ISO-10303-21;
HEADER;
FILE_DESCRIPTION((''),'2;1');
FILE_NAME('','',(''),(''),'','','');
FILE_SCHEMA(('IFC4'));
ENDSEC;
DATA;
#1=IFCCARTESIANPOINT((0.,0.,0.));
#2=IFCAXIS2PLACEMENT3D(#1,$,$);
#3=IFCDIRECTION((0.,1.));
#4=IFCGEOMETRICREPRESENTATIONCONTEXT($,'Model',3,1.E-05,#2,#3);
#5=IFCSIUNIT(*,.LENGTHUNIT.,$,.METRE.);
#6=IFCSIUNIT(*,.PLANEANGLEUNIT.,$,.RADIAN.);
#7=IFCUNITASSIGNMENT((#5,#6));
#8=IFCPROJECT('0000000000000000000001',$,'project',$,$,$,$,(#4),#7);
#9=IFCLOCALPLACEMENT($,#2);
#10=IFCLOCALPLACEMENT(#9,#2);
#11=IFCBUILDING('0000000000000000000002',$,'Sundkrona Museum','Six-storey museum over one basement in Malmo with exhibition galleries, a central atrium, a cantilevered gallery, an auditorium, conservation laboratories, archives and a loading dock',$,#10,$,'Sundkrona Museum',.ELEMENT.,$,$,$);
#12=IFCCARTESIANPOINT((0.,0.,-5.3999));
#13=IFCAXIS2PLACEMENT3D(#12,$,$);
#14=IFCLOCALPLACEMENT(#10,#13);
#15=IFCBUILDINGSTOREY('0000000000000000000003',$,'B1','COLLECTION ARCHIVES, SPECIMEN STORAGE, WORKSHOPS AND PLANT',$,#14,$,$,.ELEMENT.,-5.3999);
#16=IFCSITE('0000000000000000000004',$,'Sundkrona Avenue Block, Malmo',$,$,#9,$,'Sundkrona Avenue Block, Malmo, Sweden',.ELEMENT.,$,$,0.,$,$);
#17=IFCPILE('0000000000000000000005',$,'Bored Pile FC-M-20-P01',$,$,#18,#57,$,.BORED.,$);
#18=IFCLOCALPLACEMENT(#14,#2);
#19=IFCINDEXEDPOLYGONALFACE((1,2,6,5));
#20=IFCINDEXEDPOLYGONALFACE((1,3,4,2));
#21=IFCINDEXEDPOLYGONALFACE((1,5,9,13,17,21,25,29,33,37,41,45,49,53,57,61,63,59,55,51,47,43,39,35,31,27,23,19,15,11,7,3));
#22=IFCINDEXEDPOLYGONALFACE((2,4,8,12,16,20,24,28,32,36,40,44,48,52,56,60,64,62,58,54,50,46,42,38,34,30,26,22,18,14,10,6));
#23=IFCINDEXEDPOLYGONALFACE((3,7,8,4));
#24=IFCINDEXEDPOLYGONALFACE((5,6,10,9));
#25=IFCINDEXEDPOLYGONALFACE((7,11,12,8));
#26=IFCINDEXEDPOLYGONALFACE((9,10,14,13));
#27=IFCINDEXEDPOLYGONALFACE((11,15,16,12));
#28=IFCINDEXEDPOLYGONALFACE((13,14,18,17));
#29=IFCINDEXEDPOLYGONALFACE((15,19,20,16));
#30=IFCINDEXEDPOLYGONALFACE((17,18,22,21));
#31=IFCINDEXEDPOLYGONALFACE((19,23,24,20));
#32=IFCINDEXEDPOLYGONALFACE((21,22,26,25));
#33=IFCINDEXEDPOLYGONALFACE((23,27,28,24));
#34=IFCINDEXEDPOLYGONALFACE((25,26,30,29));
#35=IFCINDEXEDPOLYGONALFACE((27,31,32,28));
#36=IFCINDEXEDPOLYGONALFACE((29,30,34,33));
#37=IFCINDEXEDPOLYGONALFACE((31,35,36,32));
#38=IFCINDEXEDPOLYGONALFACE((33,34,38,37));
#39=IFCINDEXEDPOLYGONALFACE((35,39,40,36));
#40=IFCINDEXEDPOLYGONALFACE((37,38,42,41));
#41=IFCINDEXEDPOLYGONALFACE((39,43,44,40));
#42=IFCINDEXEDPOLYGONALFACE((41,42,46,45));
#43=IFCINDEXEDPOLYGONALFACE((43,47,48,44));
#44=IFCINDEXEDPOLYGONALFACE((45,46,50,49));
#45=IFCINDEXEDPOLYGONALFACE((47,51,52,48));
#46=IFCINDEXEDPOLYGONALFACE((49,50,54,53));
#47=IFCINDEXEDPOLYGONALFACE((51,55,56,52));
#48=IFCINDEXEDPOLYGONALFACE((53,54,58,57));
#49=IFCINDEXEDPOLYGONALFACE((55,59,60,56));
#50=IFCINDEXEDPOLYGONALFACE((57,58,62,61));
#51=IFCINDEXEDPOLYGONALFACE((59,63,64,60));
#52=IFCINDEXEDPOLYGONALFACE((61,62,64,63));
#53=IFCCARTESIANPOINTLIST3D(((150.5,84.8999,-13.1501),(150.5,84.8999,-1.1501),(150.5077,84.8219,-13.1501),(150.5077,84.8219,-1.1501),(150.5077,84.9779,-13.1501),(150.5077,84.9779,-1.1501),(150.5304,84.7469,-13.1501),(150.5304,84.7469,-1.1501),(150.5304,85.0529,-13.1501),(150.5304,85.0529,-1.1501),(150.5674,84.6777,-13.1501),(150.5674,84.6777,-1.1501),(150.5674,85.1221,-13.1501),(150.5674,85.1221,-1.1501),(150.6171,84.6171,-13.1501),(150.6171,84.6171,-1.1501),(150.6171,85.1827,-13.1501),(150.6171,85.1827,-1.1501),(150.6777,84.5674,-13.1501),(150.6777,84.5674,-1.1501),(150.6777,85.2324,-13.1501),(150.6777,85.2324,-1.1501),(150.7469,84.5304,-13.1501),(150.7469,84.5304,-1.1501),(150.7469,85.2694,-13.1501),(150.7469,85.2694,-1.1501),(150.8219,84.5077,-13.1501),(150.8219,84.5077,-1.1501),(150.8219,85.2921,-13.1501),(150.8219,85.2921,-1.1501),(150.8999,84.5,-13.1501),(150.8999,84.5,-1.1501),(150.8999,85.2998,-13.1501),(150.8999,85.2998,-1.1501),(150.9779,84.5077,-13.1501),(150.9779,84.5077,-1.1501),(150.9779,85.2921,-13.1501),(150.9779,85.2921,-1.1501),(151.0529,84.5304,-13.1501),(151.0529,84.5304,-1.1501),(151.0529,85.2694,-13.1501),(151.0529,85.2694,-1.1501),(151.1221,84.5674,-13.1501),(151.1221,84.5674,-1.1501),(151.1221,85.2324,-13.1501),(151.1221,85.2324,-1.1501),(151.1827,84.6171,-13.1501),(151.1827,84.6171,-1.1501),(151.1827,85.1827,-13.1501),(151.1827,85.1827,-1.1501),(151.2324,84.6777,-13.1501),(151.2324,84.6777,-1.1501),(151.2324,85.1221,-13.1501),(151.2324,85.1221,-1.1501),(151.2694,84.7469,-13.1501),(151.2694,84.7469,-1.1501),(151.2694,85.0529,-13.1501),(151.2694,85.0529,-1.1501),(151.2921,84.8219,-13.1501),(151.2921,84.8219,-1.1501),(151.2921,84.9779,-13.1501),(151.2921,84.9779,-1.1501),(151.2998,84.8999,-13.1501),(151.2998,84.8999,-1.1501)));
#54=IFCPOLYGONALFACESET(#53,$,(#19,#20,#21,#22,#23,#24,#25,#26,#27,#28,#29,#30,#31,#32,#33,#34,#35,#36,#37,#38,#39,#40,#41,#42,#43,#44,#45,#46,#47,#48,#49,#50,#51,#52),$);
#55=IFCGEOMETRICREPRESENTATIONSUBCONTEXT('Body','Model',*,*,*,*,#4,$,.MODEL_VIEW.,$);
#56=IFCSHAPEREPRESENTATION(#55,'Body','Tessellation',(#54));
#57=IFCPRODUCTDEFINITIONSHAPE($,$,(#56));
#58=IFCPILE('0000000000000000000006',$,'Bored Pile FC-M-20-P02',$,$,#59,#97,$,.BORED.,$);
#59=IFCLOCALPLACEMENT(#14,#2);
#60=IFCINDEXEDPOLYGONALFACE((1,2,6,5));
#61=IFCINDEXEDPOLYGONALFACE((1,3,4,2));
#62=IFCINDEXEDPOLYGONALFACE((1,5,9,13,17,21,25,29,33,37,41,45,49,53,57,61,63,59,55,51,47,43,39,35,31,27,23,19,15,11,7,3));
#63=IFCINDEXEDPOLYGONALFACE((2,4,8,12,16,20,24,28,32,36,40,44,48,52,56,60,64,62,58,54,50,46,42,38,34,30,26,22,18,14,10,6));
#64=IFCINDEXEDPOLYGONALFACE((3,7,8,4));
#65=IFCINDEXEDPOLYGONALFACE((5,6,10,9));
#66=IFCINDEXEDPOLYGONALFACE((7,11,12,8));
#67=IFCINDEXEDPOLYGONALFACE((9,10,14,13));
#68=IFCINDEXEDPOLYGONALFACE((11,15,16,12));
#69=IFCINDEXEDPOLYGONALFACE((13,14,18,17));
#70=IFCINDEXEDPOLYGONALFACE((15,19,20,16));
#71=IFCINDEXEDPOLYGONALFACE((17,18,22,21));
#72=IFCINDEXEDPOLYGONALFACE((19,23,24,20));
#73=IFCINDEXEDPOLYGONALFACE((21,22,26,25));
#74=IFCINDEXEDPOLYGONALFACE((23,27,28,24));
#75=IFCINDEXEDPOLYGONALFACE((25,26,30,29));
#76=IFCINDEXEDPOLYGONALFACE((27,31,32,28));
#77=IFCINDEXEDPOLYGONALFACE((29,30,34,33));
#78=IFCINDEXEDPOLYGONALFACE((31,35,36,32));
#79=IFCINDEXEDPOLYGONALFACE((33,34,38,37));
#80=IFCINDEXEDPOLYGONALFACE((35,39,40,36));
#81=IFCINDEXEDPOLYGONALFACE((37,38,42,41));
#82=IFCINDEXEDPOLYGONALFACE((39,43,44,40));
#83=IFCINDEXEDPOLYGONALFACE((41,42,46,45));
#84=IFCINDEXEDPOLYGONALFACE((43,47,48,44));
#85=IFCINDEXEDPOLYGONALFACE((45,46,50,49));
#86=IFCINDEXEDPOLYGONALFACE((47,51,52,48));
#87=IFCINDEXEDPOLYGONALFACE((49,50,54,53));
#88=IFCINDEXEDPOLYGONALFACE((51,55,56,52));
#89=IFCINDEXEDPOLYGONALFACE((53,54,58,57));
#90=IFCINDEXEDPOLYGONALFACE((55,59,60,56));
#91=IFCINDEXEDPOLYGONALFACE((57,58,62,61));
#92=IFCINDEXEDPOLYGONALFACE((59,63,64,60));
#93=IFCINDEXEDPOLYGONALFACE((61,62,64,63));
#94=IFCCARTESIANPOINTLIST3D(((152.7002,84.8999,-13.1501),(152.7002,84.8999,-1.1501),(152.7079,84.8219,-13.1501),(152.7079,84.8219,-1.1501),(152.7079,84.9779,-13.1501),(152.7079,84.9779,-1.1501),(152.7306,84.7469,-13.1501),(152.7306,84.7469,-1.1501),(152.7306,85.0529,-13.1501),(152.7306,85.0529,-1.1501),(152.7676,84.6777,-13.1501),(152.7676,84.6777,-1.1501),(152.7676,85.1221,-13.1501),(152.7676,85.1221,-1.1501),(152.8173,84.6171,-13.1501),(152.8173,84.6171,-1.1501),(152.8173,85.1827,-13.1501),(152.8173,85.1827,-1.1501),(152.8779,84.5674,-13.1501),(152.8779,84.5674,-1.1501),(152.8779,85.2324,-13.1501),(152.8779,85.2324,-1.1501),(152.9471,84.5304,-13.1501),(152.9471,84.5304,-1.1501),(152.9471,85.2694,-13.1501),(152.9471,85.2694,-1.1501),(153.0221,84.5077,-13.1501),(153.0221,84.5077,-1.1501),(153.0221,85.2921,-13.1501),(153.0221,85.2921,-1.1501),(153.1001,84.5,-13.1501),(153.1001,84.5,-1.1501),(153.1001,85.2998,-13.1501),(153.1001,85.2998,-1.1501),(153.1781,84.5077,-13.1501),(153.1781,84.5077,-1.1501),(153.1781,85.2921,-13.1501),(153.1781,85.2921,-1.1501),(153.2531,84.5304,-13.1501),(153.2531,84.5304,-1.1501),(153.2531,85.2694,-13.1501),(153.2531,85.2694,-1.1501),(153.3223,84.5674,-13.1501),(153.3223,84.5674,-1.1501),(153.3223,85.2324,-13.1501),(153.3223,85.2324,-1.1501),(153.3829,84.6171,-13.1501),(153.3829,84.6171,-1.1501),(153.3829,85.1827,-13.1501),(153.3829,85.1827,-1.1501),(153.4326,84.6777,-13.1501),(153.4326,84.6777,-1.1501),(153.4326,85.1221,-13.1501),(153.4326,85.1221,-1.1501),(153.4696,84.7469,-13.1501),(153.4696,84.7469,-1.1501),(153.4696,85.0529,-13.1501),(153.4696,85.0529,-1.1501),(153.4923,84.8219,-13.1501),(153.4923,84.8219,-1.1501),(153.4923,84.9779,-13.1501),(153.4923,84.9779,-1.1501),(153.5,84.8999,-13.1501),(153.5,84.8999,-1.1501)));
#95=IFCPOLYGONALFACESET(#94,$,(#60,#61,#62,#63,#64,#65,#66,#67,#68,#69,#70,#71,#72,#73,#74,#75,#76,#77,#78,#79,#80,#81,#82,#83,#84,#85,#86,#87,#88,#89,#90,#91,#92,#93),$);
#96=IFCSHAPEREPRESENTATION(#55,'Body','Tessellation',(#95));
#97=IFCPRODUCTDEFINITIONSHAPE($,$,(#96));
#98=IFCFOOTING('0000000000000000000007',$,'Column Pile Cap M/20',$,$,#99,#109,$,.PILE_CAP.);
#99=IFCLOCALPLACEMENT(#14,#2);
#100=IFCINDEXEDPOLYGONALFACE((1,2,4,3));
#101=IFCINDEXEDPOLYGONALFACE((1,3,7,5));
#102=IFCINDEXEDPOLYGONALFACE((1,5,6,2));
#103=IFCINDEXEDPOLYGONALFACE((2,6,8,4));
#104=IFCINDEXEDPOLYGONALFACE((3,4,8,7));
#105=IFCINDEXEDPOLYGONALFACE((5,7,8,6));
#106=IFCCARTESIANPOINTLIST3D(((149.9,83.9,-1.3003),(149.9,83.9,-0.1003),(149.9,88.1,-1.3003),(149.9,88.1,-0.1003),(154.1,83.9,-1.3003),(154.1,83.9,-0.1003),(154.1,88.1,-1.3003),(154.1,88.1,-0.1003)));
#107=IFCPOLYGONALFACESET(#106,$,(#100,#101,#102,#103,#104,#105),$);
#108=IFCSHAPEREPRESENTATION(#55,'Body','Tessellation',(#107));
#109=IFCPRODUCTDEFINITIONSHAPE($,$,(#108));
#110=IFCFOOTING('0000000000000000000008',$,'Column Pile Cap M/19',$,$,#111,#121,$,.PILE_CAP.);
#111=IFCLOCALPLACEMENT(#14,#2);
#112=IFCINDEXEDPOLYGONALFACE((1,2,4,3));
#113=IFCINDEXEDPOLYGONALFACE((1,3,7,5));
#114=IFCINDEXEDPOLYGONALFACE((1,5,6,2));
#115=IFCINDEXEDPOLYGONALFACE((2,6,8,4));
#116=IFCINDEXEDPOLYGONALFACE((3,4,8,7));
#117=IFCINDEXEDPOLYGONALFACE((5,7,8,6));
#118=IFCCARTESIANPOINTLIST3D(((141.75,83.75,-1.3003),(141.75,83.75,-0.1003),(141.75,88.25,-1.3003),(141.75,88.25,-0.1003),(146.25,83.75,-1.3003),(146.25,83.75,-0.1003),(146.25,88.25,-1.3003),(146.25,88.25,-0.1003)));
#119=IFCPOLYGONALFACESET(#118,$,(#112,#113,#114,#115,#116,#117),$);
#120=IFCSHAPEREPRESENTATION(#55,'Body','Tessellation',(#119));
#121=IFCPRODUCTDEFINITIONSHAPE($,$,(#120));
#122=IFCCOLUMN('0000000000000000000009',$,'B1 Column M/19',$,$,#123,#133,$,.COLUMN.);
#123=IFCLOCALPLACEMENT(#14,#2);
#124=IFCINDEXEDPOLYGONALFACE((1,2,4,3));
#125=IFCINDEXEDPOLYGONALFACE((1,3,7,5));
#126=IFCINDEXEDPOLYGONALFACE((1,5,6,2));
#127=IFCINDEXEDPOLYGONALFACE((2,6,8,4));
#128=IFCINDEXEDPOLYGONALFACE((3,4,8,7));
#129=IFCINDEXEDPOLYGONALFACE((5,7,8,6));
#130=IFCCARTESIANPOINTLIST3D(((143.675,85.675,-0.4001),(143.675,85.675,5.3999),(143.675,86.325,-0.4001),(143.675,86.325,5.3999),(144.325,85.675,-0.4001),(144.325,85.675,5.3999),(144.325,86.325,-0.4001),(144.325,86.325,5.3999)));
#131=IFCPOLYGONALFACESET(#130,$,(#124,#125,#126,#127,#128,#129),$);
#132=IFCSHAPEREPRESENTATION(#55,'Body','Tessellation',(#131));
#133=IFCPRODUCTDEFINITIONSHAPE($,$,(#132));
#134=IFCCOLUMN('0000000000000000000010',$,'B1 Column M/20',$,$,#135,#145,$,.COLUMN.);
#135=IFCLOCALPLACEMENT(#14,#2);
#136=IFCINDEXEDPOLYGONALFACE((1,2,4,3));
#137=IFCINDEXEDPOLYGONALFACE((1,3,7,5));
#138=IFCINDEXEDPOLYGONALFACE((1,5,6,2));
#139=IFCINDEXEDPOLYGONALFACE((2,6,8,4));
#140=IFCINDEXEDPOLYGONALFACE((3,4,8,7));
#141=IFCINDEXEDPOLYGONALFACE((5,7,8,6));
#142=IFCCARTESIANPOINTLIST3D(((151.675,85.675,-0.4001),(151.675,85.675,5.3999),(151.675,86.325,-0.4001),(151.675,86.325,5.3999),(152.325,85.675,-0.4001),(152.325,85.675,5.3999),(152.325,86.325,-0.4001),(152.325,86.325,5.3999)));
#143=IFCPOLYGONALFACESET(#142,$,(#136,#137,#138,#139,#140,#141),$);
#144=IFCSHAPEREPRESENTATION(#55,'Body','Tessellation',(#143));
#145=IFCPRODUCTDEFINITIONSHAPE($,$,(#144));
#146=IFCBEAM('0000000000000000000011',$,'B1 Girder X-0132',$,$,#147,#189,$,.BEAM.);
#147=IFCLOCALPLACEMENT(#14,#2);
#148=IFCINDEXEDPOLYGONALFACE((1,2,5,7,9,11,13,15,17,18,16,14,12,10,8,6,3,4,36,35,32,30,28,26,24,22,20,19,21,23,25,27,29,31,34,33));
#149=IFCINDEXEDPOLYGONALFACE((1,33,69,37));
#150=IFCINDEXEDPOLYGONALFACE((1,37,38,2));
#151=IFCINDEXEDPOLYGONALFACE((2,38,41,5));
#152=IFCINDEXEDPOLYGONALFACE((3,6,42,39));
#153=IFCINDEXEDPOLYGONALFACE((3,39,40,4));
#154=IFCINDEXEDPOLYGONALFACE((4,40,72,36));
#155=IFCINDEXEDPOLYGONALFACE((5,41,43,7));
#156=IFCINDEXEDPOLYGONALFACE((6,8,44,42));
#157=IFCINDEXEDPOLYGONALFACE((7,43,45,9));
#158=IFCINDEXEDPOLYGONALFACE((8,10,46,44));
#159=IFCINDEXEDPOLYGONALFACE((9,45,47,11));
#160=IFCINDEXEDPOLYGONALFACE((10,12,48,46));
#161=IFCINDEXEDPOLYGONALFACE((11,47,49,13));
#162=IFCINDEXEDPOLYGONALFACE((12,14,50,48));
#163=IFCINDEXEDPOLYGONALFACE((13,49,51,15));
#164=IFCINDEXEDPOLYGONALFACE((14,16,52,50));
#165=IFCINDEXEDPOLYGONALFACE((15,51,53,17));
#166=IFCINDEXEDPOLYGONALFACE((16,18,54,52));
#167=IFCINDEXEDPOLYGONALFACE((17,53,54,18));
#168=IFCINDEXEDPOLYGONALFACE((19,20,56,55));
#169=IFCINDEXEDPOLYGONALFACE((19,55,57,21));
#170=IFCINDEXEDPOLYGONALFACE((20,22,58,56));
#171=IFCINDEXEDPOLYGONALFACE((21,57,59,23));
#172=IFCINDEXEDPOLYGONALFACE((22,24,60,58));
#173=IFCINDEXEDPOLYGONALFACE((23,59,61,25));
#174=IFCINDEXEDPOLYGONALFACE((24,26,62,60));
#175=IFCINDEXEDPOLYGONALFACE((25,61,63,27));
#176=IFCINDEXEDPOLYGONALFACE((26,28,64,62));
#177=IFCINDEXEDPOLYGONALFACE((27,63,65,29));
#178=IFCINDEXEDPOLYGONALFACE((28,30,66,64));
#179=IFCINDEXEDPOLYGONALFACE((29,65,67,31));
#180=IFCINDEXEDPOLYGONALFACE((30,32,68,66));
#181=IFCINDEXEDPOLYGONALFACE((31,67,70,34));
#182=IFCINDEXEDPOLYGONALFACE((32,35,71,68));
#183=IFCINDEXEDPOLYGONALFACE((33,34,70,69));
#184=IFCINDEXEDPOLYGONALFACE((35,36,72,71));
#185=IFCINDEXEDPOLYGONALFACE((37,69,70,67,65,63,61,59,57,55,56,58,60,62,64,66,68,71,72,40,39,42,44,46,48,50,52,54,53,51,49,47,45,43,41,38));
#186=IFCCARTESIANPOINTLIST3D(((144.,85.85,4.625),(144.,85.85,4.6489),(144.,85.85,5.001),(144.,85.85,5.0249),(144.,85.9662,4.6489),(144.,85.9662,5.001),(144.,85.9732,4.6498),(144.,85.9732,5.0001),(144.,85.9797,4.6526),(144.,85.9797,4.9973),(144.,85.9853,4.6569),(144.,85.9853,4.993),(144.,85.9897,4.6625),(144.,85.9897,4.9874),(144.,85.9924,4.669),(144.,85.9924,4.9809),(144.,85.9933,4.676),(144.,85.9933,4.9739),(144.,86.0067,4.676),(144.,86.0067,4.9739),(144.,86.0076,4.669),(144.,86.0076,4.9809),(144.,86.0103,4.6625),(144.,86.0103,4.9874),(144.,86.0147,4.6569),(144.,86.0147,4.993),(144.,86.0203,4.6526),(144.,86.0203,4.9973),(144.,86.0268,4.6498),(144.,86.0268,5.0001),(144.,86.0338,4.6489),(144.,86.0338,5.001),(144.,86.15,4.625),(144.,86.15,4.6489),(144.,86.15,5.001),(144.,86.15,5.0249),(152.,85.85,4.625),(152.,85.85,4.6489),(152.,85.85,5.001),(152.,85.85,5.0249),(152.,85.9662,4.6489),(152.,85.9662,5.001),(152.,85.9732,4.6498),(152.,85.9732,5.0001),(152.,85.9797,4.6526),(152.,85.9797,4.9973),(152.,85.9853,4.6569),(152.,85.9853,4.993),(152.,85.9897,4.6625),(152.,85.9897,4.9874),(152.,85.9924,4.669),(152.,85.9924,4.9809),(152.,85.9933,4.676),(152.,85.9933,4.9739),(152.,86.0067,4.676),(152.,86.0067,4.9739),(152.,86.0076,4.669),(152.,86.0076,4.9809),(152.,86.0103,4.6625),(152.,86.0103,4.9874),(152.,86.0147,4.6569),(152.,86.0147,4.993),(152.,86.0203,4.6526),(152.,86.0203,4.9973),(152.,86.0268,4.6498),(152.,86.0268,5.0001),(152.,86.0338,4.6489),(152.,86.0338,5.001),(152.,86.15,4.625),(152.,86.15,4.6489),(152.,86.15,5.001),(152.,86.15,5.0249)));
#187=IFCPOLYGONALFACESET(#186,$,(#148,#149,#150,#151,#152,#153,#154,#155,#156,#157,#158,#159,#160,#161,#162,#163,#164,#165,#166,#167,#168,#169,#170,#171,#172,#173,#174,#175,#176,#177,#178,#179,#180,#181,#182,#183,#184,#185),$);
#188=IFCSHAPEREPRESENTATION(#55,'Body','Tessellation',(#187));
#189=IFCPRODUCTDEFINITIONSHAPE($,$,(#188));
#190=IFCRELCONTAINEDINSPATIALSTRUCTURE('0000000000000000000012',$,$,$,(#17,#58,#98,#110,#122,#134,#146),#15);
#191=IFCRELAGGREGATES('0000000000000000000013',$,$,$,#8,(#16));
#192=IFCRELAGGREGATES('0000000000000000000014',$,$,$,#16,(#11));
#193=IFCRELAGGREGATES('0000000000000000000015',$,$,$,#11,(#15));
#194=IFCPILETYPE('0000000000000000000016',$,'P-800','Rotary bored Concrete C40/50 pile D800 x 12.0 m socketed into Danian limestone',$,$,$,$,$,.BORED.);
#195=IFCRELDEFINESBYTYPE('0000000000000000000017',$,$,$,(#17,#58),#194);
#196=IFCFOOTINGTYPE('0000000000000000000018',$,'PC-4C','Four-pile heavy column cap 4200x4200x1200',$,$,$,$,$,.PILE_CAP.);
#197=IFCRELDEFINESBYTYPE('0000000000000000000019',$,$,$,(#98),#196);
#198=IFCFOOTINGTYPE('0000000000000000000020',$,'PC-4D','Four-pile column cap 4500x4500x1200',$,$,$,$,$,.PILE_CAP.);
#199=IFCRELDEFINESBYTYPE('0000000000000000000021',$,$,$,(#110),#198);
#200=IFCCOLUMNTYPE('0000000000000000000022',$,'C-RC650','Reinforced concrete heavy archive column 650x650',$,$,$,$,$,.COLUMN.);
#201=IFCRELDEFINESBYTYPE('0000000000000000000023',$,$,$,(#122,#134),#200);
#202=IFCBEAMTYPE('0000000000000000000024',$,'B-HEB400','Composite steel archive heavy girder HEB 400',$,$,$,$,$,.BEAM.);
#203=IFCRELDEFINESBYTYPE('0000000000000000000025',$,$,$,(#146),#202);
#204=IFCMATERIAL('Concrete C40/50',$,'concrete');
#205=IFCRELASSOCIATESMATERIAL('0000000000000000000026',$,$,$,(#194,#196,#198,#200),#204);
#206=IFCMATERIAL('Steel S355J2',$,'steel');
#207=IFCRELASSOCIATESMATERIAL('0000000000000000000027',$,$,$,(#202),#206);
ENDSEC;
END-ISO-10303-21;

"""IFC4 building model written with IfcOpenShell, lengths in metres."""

from ifc_helpers import new_model, si_unit, direction, frame, origin, origin_2d, place, context, subcontext, project, spatial, rectangle, circle, i_section, extrude, material, material_profile, profile_set, type_object, element, save


model = new_model("IFC4")

# Units and contexts
model_context = context("Model", 3, precision=1e-05, world=origin(), true_north=direction((0.0, 1.0)))
body_context = subcontext(model_context, "Body", "Model", "MODEL_VIEW")
ifc_project = project(units=[si_unit("LENGTHUNIT", "METRE"), si_unit("PLANEANGLEUNIT", "RADIAN")], contexts=[model_context])

# Site, building, storey
site_placement = place(None, origin())
site = spatial("IfcSite", under=ifc_project, at=site_placement, Name="Sundkrona Avenue Block, Malmo", LongName="Sundkrona Avenue Block, Malmo, Sweden", CompositionType="ELEMENT", RefElevation=0.0)
building_placement = place(site_placement, origin())
building = spatial("IfcBuilding", under=site, at=building_placement, Name="Sundkrona Museum", Description="Six-storey museum over one basement in Malmo with exhibition galleries, a central atrium, a cantilevered gallery, an auditorium, conservation laboratories, archives and a loading dock", LongName="Sundkrona Museum", CompositionType="ELEMENT")
storey_placement = place(building_placement, frame((0.0, 0.0, -5.3999)))
storey = spatial("IfcBuildingStorey", under=building, at=storey_placement, Name="B1", Description="COLLECTION ARCHIVES, SPECIMEN STORAGE, WORKSHOPS AND PLANT", CompositionType="ELEMENT", Elevation=-5.3999)

# Shared definitions
ifc_material_1 = material(Name="Concrete C40/50", Category="concrete")

# Piles
ifc_material_profile_1 = material_profile(ifc_material_1, circle(Radius=0.3999, at=origin_2d()), Name="PILE D800")
ifc_profile_set_1 = profile_set([ifc_material_profile_1], Name="Concrete C40/50")
pile_type = type_object("IfcPileType", Name="P-800", Description="Rotary bored Concrete C40/50 pile D800 x 12.0 m socketed into Danian limestone", PredefinedType="BORED", material=ifc_profile_set_1)
for number, where, z_axis, x_axis, name in (
    (1, (150.8999, 84.8999, -1.1501), (0.0, 0.0, -1.0), (1.0, 0.0, 0.0), "Bored Pile FC-M-20-P01"),
    (2, (153.1001, 84.8999, -1.1501), (0.0, 0.0, -1.0), (1.0, 0.0, 0.0), "Bored Pile FC-M-20-P02"),
):
    element("IfcPile", number, at=place(storey_placement, frame(where, z_axis=z_axis, x_axis=x_axis)), inside=storey, type_object=pile_type, Name=name, PredefinedType="BORED", context=body_context, shape_type="SweptSolid", body=[
        extrude(circle(Radius=0.3999, at=origin_2d()), origin(), (0.0, 0.0, 1.0), 12.0),
    ])

# Footings
footing_type_1 = type_object("IfcFootingType", Name="PC-4C", Description="Four-pile heavy column cap 4200x4200x1200", PredefinedType="PILE_CAP", material=ifc_material_1)
footing_1_placement = place(storey_placement, frame((152.0, 86.0, -1.3003), z_axis=(0.0, 0.0, 1.0), x_axis=(1.0, 0.0, 0.0)))
element("IfcFooting", 3, at=footing_1_placement, inside=storey, type_object=footing_type_1, Name="Column Pile Cap M/20", PredefinedType="PILE_CAP", context=body_context, shape_type="SweptSolid", body=[
    extrude(rectangle(XDim=4.2, YDim=4.2, at=origin_2d()), origin(), (0.0, 0.0, 1.0), 1.2),
])
footing_type_2 = type_object("IfcFootingType", Name="PC-4D", Description="Four-pile column cap 4500x4500x1200", PredefinedType="PILE_CAP", material=ifc_material_1)
footing_2_placement = place(storey_placement, frame((144.0, 86.0, -1.3003), z_axis=(0.0, 0.0, 1.0), x_axis=(1.0, 0.0, 0.0)))
element("IfcFooting", 4, at=footing_2_placement, inside=storey, type_object=footing_type_2, Name="Column Pile Cap M/19", PredefinedType="PILE_CAP", context=body_context, shape_type="SweptSolid", body=[
    extrude(rectangle(XDim=4.5, YDim=4.5, at=origin_2d()), origin(), (0.0, 0.0, 1.0), 1.2),
])

# Columns
ifc_material_profile_2 = material_profile(ifc_material_1, rectangle(XDim=0.6499, YDim=0.6499, at=origin_2d()), Name="RC 650x650")
ifc_profile_set_2 = profile_set([ifc_material_profile_2], Name="Concrete C40/50")
column_type = type_object("IfcColumnType", Name="C-RC650", Description="Reinforced concrete heavy archive column 650x650", PredefinedType="COLUMN", material=ifc_profile_set_2)
for number, where, z_axis, x_axis, name in (
    (5, (144.0, 86.0, -0.4001), (0.0, 0.0, 1.0), (1.0, 0.0, 0.0), "B1 Column M/19"),
    (6, (152.0, 86.0, -0.4001), (0.0, 0.0, 1.0), (1.0, 0.0, 0.0), "B1 Column M/20"),
):
    element("IfcColumn", number, at=place(storey_placement, frame(where, z_axis=z_axis, x_axis=x_axis)), inside=storey, type_object=column_type, Name=name, PredefinedType="COLUMN", context=body_context, shape_type="SweptSolid", body=[
        extrude(rectangle(XDim=0.6499, YDim=0.6499, at=origin_2d()), origin(), (0.0, 0.0, 1.0), 5.8),
    ])

# Beam
ifc_material_2 = material(Name="Steel S355J2", Category="steel")
ifc_material_profile_3 = material_profile(ifc_material_2, i_section(OverallWidth=0.3, OverallDepth=0.3999, WebThickness=0.0134, FlangeThickness=0.0239, FilletRadius=0.0271, at=origin_2d()), Name="HEB 400")
ifc_profile_set_3 = profile_set([ifc_material_profile_3], Name="Steel S355J2")
beam_type_1 = type_object("IfcBeamType", Name="B-HEB400", Description="Composite steel archive heavy girder HEB 400", PredefinedType="BEAM", material=ifc_profile_set_3)
for number, where, z_axis, x_axis, name in (
    (7, (144.0, 86.0, 4.825), (1.0, 0.0, 0.0), (0.0, 1.0, 0.0), "B1 Girder X-0132"),
):
    element("IfcBeam", number, at=place(storey_placement, frame(where, z_axis=z_axis, x_axis=x_axis)), inside=storey, type_object=beam_type_1, Name=name, PredefinedType="BEAM", context=body_context, shape_type="SweptSolid", body=[
        extrude(i_section(OverallWidth=0.3, OverallDepth=0.3999, WebThickness=0.0134, FlangeThickness=0.0239, FilletRadius=0.0271, at=origin_2d()), origin(), (0.0, 0.0, 1.0), 8.0),
    ])

save(model, "model.ifc")
